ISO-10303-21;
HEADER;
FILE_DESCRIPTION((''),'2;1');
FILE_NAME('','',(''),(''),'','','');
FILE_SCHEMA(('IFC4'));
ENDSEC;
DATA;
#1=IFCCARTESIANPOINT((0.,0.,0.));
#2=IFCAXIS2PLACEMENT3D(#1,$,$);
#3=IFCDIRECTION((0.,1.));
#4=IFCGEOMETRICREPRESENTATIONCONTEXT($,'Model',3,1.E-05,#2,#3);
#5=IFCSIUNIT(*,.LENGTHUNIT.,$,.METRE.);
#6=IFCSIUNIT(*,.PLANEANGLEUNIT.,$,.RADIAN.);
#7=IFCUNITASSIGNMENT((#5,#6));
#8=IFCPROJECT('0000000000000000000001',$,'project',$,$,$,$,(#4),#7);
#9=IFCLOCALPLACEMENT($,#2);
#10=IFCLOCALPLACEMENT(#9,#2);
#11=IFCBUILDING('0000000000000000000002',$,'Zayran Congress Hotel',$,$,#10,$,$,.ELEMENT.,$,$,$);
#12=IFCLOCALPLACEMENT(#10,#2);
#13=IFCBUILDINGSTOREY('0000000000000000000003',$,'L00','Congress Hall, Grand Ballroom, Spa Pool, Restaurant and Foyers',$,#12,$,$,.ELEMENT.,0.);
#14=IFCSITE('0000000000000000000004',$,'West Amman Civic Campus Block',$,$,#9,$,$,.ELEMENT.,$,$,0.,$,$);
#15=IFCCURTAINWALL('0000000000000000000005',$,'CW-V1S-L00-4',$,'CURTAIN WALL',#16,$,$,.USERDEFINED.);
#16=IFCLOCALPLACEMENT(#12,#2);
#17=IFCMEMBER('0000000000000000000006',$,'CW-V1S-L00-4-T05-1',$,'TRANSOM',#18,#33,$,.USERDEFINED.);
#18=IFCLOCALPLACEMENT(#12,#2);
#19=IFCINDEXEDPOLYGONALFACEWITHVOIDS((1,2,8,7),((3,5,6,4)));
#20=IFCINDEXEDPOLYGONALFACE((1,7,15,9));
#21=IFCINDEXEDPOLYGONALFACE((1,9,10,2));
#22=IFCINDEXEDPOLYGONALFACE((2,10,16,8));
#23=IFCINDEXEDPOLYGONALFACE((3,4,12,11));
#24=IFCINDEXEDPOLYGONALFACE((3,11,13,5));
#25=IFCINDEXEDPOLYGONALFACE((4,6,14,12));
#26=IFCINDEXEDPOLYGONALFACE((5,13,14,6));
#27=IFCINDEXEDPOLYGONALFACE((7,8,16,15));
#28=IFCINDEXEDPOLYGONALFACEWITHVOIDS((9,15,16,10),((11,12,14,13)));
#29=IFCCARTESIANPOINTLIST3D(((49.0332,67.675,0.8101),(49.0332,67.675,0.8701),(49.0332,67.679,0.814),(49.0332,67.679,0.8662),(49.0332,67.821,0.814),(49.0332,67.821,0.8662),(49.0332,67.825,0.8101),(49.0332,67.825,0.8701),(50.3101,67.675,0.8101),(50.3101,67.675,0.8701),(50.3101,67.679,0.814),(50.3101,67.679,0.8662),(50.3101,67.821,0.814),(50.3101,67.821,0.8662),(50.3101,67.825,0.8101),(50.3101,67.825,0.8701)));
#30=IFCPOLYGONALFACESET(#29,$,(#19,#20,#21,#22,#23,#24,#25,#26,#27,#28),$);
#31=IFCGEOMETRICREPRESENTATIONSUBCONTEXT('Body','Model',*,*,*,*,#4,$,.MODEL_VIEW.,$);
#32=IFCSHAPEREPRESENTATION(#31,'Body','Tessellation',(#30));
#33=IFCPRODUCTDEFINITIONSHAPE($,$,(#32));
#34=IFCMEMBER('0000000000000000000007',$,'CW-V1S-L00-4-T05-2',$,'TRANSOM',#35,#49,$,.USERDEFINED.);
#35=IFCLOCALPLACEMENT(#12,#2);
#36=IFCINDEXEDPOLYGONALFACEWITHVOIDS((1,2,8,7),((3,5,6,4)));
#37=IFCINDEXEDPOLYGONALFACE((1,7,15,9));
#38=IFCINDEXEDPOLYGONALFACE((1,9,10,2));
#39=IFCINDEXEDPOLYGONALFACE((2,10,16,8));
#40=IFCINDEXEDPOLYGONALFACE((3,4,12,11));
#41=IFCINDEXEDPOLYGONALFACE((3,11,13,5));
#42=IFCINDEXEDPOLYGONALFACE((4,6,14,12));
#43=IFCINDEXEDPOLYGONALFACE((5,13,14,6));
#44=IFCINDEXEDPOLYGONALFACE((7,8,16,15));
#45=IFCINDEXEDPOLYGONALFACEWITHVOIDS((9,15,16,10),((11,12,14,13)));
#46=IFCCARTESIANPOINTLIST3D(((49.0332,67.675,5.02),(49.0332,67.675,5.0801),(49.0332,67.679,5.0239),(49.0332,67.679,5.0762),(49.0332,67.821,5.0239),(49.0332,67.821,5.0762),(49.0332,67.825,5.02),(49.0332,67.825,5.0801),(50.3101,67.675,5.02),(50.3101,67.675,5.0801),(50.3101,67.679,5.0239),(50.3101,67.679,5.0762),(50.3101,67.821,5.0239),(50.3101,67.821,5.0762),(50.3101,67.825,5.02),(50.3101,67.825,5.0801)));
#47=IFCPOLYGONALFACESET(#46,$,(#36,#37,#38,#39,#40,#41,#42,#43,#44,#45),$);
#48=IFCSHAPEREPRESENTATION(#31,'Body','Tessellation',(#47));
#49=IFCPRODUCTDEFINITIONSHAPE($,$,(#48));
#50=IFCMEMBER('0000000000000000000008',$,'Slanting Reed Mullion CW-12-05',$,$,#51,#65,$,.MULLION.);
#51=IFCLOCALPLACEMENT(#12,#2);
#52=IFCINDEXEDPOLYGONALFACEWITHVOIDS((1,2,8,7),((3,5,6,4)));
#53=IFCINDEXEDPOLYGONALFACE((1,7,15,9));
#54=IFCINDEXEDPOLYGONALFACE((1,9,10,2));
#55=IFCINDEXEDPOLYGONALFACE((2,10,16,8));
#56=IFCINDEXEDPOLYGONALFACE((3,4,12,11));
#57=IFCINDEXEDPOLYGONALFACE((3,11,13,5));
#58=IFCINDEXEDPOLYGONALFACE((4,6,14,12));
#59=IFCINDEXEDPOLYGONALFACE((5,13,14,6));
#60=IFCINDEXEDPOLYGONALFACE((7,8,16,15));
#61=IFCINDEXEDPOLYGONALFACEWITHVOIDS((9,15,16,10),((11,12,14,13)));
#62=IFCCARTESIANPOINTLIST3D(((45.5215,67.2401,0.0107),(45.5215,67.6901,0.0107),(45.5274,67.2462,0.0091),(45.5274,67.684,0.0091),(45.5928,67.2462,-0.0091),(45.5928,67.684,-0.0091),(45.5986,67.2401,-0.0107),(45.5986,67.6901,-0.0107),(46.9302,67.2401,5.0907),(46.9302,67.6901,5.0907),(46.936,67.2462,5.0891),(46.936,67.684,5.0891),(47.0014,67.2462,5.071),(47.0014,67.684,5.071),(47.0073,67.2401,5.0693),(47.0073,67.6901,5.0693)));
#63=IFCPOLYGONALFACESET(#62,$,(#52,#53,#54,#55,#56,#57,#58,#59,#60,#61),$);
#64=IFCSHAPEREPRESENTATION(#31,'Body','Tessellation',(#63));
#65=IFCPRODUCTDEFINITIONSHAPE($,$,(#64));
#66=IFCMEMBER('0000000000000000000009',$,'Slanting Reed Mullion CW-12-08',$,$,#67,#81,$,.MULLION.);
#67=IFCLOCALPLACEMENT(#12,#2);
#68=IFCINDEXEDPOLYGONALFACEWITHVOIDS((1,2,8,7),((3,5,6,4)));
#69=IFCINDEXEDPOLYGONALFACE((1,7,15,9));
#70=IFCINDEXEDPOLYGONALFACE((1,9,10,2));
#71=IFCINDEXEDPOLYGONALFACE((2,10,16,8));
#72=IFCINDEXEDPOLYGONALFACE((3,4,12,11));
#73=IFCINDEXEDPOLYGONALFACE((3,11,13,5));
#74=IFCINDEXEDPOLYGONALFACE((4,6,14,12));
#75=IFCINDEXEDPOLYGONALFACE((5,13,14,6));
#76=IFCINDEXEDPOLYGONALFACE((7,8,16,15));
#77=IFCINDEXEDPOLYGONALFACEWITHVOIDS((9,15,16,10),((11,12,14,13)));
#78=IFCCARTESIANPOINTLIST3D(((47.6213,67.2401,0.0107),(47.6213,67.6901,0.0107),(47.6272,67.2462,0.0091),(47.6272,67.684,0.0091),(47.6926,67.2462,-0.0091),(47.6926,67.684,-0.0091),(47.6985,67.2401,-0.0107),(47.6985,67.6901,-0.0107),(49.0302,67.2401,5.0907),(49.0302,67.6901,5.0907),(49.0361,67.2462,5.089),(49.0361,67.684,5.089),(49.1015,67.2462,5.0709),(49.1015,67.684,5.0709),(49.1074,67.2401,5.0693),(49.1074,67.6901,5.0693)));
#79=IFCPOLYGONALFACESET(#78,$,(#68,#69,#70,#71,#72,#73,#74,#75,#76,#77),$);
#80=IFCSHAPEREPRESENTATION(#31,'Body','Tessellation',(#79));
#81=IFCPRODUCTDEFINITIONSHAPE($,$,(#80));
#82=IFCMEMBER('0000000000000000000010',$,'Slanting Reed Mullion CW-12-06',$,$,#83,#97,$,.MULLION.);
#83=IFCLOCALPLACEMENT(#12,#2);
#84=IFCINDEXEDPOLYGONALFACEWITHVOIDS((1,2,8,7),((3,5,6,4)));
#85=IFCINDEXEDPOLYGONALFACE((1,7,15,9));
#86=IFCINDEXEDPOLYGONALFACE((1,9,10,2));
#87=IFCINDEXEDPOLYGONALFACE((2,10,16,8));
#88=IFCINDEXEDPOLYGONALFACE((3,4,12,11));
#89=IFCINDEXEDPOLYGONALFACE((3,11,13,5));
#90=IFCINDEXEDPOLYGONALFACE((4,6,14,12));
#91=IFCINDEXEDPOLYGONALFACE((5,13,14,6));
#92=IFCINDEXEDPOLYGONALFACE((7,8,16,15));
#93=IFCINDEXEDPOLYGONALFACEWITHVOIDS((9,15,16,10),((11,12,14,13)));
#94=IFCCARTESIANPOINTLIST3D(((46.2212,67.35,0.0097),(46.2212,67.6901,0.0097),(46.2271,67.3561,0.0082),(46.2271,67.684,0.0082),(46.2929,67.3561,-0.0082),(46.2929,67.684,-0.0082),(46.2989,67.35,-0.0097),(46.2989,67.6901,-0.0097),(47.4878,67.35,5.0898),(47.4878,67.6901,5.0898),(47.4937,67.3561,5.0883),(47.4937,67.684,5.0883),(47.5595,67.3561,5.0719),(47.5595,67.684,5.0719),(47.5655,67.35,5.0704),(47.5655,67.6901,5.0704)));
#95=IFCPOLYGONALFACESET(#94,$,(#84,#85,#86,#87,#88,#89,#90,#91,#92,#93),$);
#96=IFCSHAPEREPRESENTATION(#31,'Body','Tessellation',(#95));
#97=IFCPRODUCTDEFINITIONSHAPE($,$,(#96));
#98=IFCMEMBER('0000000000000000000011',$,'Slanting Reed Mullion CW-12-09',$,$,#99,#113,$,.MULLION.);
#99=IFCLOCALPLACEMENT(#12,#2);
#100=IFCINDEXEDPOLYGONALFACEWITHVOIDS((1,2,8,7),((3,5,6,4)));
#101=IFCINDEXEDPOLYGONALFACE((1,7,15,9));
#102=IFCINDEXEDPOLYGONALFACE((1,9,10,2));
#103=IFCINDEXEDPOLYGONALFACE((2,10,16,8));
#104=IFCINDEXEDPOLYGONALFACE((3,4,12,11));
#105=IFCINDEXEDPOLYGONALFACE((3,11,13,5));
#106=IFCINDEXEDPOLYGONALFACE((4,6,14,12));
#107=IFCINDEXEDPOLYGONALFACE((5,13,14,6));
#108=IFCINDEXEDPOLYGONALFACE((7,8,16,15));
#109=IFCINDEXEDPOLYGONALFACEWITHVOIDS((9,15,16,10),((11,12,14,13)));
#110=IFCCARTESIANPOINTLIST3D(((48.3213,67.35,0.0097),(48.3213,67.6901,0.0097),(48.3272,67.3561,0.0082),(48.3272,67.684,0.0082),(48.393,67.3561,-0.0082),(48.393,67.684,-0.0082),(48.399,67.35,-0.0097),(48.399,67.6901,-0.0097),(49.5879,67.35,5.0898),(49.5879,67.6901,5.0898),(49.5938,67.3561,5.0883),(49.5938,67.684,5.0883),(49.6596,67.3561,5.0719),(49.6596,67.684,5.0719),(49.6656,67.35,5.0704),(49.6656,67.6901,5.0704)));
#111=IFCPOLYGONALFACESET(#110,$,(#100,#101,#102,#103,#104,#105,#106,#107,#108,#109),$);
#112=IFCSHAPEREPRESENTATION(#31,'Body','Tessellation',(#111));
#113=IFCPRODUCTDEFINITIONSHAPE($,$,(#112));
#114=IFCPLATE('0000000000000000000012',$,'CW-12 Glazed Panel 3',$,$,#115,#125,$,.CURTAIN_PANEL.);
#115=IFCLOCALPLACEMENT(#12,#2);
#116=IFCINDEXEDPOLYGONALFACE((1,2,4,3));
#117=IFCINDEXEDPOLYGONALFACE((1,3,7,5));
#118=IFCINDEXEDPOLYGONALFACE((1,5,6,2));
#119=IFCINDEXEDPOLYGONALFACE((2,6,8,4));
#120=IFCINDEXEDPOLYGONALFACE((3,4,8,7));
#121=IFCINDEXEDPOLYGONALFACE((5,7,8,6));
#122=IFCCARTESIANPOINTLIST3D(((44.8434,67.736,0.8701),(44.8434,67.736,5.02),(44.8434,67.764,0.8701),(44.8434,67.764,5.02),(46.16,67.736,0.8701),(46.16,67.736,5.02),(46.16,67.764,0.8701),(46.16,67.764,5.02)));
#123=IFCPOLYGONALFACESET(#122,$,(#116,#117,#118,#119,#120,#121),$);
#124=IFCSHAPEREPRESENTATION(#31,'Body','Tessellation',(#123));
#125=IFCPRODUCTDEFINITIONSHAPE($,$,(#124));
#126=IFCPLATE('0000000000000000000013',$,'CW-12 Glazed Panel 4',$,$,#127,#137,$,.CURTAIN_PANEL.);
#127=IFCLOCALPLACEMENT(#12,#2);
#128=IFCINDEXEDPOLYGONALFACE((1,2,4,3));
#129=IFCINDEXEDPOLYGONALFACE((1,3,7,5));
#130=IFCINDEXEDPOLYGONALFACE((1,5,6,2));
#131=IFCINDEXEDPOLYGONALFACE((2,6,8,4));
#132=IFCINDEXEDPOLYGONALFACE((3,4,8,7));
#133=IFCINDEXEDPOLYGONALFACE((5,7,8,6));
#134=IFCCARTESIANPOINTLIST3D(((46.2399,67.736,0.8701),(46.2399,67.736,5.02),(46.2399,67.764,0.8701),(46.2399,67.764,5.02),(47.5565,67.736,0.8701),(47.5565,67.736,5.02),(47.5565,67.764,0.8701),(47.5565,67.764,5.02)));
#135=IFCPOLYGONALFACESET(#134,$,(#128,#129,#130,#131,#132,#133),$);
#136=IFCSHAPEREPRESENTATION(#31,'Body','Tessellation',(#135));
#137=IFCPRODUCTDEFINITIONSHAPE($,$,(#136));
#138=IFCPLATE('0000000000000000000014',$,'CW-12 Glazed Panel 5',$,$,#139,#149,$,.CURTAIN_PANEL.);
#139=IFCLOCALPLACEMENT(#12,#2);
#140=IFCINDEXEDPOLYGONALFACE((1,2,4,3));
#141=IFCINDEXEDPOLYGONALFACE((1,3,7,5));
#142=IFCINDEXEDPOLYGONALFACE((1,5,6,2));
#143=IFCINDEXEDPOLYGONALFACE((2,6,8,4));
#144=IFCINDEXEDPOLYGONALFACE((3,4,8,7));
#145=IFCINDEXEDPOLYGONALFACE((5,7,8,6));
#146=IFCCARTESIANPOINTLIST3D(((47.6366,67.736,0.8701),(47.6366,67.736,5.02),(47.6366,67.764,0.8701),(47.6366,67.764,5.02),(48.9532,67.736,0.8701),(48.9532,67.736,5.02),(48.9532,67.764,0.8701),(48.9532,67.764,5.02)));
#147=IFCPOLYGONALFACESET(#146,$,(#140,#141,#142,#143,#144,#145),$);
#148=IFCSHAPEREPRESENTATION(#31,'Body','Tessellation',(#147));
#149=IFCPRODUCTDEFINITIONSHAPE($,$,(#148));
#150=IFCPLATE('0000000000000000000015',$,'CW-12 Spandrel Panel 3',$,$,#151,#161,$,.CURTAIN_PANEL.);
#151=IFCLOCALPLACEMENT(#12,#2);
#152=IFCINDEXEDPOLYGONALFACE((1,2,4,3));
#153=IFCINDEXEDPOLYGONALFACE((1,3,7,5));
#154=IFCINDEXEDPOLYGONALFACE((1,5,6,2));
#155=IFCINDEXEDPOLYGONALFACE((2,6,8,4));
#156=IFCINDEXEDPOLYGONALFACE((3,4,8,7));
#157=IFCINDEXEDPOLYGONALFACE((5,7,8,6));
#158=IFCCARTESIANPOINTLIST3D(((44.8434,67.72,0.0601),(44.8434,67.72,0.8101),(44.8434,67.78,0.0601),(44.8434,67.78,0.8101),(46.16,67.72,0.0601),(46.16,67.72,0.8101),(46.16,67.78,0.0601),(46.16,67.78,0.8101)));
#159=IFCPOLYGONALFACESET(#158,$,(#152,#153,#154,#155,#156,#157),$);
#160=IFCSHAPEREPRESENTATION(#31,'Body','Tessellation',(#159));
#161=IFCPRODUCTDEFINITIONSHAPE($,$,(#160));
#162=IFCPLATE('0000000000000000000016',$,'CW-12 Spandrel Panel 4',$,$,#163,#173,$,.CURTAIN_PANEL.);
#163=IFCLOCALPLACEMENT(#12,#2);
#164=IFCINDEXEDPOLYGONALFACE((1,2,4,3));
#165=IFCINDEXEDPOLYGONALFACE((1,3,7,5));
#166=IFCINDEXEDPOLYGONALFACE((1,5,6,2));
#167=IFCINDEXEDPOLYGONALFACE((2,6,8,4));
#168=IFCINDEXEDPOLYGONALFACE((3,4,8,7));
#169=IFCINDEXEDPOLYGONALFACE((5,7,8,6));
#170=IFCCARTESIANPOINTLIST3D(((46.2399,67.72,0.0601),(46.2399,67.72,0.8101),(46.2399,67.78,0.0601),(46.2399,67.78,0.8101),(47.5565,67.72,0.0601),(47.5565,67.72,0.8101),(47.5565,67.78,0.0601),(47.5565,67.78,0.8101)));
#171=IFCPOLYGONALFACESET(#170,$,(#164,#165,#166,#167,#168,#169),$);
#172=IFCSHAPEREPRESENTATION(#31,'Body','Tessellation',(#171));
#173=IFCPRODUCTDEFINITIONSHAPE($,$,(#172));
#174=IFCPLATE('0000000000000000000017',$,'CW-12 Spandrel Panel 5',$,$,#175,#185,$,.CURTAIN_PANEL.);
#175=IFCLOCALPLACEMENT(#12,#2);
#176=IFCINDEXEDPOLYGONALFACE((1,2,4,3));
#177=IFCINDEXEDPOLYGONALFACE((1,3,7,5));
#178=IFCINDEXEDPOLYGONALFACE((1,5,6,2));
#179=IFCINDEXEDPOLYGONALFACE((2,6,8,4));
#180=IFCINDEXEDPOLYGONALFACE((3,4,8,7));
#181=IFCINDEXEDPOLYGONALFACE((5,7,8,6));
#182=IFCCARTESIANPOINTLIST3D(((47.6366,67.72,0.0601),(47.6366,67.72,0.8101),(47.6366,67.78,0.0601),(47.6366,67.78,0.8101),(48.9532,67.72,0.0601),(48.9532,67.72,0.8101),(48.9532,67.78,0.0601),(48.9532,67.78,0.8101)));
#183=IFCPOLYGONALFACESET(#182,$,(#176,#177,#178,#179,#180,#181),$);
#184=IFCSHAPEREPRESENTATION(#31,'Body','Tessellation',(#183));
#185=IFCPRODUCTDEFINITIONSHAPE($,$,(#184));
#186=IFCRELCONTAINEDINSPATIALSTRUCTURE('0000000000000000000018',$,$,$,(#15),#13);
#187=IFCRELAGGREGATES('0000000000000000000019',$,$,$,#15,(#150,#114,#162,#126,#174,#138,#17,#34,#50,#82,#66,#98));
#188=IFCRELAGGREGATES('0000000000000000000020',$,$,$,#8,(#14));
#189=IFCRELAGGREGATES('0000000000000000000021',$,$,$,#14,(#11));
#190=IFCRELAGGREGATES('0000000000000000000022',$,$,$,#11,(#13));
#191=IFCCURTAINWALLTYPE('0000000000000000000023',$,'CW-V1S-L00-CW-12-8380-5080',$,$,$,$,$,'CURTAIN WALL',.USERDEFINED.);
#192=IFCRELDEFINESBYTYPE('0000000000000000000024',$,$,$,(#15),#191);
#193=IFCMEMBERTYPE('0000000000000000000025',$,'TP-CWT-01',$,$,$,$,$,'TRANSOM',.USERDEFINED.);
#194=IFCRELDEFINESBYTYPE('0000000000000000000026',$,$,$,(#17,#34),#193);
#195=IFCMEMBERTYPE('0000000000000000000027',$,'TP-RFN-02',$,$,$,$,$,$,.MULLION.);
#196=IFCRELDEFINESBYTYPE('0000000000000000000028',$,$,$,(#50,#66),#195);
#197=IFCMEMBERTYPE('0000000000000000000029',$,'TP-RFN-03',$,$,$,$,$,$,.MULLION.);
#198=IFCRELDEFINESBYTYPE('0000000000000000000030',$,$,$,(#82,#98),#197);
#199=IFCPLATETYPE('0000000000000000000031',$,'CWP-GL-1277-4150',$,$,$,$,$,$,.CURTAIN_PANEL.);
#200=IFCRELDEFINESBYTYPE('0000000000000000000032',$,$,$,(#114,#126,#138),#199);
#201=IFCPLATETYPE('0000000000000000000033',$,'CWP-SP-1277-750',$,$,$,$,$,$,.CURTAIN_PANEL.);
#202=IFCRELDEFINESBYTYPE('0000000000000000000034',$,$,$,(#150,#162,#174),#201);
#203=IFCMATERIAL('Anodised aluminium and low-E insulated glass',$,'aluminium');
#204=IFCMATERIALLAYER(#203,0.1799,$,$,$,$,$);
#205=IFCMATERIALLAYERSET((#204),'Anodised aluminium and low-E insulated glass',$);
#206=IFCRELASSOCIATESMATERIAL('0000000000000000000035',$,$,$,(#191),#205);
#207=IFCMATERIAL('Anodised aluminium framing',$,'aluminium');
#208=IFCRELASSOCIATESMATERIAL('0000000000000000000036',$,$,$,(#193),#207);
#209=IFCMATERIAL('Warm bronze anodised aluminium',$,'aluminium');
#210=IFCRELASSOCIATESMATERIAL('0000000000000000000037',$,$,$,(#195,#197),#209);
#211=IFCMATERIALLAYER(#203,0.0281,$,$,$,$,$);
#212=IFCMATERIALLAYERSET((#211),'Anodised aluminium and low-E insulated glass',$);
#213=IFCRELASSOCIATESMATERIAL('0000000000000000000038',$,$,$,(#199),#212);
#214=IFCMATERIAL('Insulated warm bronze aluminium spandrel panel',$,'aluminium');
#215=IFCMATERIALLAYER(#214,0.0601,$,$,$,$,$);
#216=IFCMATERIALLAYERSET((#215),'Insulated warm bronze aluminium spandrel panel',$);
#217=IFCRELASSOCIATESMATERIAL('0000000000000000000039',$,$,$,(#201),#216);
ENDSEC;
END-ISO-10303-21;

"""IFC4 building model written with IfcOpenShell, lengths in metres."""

from ifc_helpers import new_model, si_unit, direction, frame, origin, origin_2d, place, context, subcontext, project, spatial, rectangle, hollow_rectangle, extrude, material, layer, layer_set, material_profile, profile_set, type_object, element, aggregate, save


model = new_model("IFC4")

# Units and contexts
model_context = context("Model", 3, precision=1e-05, world=origin(), true_north=direction((0.0, 1.0)))
body_context = subcontext(model_context, "Body", "Model", "MODEL_VIEW")
ifc_project = project(units=[si_unit("LENGTHUNIT", "METRE"), si_unit("PLANEANGLEUNIT", "RADIAN")], contexts=[model_context])

# Site, building, storey
site_placement = place(None, origin())
site = spatial("IfcSite", under=ifc_project, at=site_placement, Name="West Amman Civic Campus Block", CompositionType="ELEMENT", RefElevation=0.0)
building_placement = place(site_placement, origin())
building = spatial("IfcBuilding", under=site, at=building_placement, Name="Zayran Congress Hotel", CompositionType="ELEMENT")
storey_placement = place(building_placement, origin())
storey = spatial("IfcBuildingStorey", under=building, at=storey_placement, Name="L00", Description="Congress Hall, Grand Ballroom, Spa Pool, Restaurant and Foyers", CompositionType="ELEMENT", Elevation=0.0)

# Curtain wall, members, plates
ifc_material_1 = material(Name="Anodised aluminium and low-E insulated glass", Category="aluminium")
ifc_layer_1 = layer(ifc_material_1, 0.1799)
ifc_layer_set_1 = layer_set([ifc_layer_1], Name="Anodised aluminium and low-E insulated glass")
curtain_wall_type = type_object("IfcCurtainWallType", Name="CW-V1S-L00-CW-12-8380-5080", ElementType="CURTAIN WALL", PredefinedType="USERDEFINED", material=ifc_layer_set_1)
curtain_wall_placement = place(storey_placement, origin())
curtain_wall = element("IfcCurtainWall", 1, at=curtain_wall_placement, inside=storey, type_object=curtain_wall_type, Name="CW-V1S-L00-4", ObjectType="CURTAIN WALL", PredefinedType="USERDEFINED")
ifc_material_2 = material(Name="Anodised aluminium framing", Category="aluminium")
ifc_material_profile_1 = material_profile(ifc_material_2, hollow_rectangle(XDim=0.0601, YDim=0.1499, WallThickness=0.0039, at=origin_2d()), Name="RHS 150x60x4")
ifc_profile_set_1 = profile_set([ifc_material_profile_1], Name="Anodised aluminium framing")
member_type_1 = type_object("IfcMemberType", Name="TP-CWT-01", ElementType="TRANSOM", PredefinedType="USERDEFINED", material=ifc_profile_set_1)
member_1_placement = place(storey_placement, frame((49.0332, 67.75, 0.8401), z_axis=(1.0, 0.0, 0.0), x_axis=(0.0, 0.0, 1.0)))
member_1 = element("IfcMember", 2, at=member_1_placement, type_object=member_type_1, Name="CW-V1S-L00-4-T05-1", ObjectType="TRANSOM", PredefinedType="USERDEFINED", context=body_context, shape_type="SweptSolid", body=[
    extrude(hollow_rectangle(XDim=0.0601, YDim=0.1499, WallThickness=0.0039, at=origin_2d()), origin(), (0.0, 0.0, 1.0), 1.2769),
])
member_2_placement = place(storey_placement, frame((49.0332, 67.75, 5.05), z_axis=(1.0, 0.0, 0.0), x_axis=(0.0, 0.0, 1.0)))
member_2 = element("IfcMember", 3, at=member_2_placement, type_object=member_type_1, Name="CW-V1S-L00-4-T05-2", ObjectType="TRANSOM", PredefinedType="USERDEFINED", context=body_context, shape_type="SweptSolid", body=[
    extrude(hollow_rectangle(XDim=0.0601, YDim=0.1499, WallThickness=0.0039, at=origin_2d()), origin(), (0.0, 0.0, 1.0), 1.2769),
])
ifc_material_3 = material(Name="Warm bronze anodised aluminium", Category="aluminium")
ifc_material_profile_2 = material_profile(ifc_material_3, hollow_rectangle(XDim=0.0801, YDim=0.45, WallThickness=0.0061, at=origin_2d()), Name="RHS 450x80x6")
ifc_profile_set_2 = profile_set([ifc_material_profile_2], Name="Warm bronze anodised aluminium")
member_type_2 = type_object("IfcMemberType", Name="TP-RFN-02", PredefinedType="MULLION", material=ifc_profile_set_2)
member_3_placement = place(storey_placement, frame((45.5601, 67.4651, 0.0), z_axis=(0.267214, 0.0, 0.963637), x_axis=(-0.963637, 0.0, 0.267214)))
member_3 = element("IfcMember", 4, at=member_3_placement, type_object=member_type_2, Name="Slanting Reed Mullion CW-12-05", PredefinedType="MULLION", context=body_context, shape_type="SweptSolid", body=[
    extrude(hollow_rectangle(XDim=0.0801, YDim=0.45, WallThickness=0.0061, at=origin_2d()), origin(), (0.0, 0.0, 1.0), 5.2717),
])
member_4_placement = place(storey_placement, frame((47.6599, 67.4651, 0.0), z_axis=(0.267257, 0.0, 0.963625), x_axis=(-0.963625, 0.0, 0.267257)))
member_4 = element("IfcMember", 5, at=member_4_placement, type_object=member_type_2, Name="Slanting Reed Mullion CW-12-08", PredefinedType="MULLION", context=body_context, shape_type="SweptSolid", body=[
    extrude(hollow_rectangle(XDim=0.0801, YDim=0.45, WallThickness=0.0061, at=origin_2d()), origin(), (0.0, 0.0, 1.0), 5.2717),
])
ifc_material_profile_3 = material_profile(ifc_material_3, hollow_rectangle(XDim=0.0801, YDim=0.3401, WallThickness=0.0061, at=origin_2d()), Name="RHS 340x80x6")
ifc_profile_set_3 = profile_set([ifc_material_profile_3], Name="Warm bronze anodised aluminium")
member_type_3 = type_object("IfcMemberType", Name="TP-RFN-03", PredefinedType="MULLION", material=ifc_profile_set_3)
member_5_placement = place(storey_placement, frame((46.26, 67.52, 0.0), z_axis=(0.241921, 0.0, 0.970296), x_axis=(-0.970296, 0.0, 0.241921)))
member_5 = element("IfcMember", 6, at=member_5_placement, type_object=member_type_3, Name="Slanting Reed Mullion CW-12-06", PredefinedType="MULLION", context=body_context, shape_type="SweptSolid", body=[
    extrude(hollow_rectangle(XDim=0.0801, YDim=0.3401, WallThickness=0.0061, at=origin_2d()), origin(), (0.0, 0.0, 1.0), 5.2356),
])
member_6_placement = place(storey_placement, frame((48.3601, 67.52, 0.0), z_axis=(0.241921, 0.0, 0.970296), x_axis=(-0.970296, 0.0, 0.241921)))
member_6 = element("IfcMember", 7, at=member_6_placement, type_object=member_type_3, Name="Slanting Reed Mullion CW-12-09", PredefinedType="MULLION", context=body_context, shape_type="SweptSolid", body=[
    extrude(hollow_rectangle(XDim=0.0801, YDim=0.3401, WallThickness=0.0061, at=origin_2d()), origin(), (0.0, 0.0, 1.0), 5.2356),
])
ifc_layer_2 = layer(ifc_material_1, 0.0281)
ifc_layer_set_2 = layer_set([ifc_layer_2], Name="Anodised aluminium and low-E insulated glass")
plate_type_1 = type_object("IfcPlateType", Name="CWP-GL-1277-4150", PredefinedType="CURTAIN_PANEL", material=ifc_layer_set_2)
plate_1_placement = place(storey_placement, frame((45.5017, 67.75, 0.8701), z_axis=(0.0, 0.0, 1.0), x_axis=(1.0, 0.0, 0.0)))
plate_1 = element("IfcPlate", 8, at=plate_1_placement, type_object=plate_type_1, Name="CW-12 Glazed Panel 3", PredefinedType="CURTAIN_PANEL", context=body_context, shape_type="SweptSolid", body=[
    extrude(rectangle(XDim=1.3167, YDim=0.0281, at=origin_2d()), origin(), (0.0, 0.0, 1.0), 4.1499),
])
plate_2_placement = place(storey_placement, frame((46.8982, 67.75, 0.8701), z_axis=(0.0, 0.0, 1.0), x_axis=(1.0, 0.0, 0.0)))
plate_2 = element("IfcPlate", 9, at=plate_2_placement, type_object=plate_type_1, Name="CW-12 Glazed Panel 4", PredefinedType="CURTAIN_PANEL", context=body_context, shape_type="SweptSolid", body=[
    extrude(rectangle(XDim=1.3167, YDim=0.0281, at=origin_2d()), origin(), (0.0, 0.0, 1.0), 4.1499),
])
plate_3_placement = place(storey_placement, frame((48.2949, 67.75, 0.8701), z_axis=(0.0, 0.0, 1.0), x_axis=(1.0, 0.0, 0.0)))
plate_3 = element("IfcPlate", 10, at=plate_3_placement, type_object=plate_type_1, Name="CW-12 Glazed Panel 5", PredefinedType="CURTAIN_PANEL", context=body_context, shape_type="SweptSolid", body=[
    extrude(rectangle(XDim=1.3167, YDim=0.0281, at=origin_2d()), origin(), (0.0, 0.0, 1.0), 4.1499),
])
ifc_material_4 = material(Name="Insulated warm bronze aluminium spandrel panel", Category="aluminium")
ifc_layer_3 = layer(ifc_material_4, 0.0601)
ifc_layer_set_3 = layer_set([ifc_layer_3], Name="Insulated warm bronze aluminium spandrel panel")
plate_type_2 = type_object("IfcPlateType", Name="CWP-SP-1277-750", PredefinedType="CURTAIN_PANEL", material=ifc_layer_set_3)
plate_4_placement = place(storey_placement, frame((45.5017, 67.75, 0.0601), z_axis=(0.0, 0.0, 1.0), x_axis=(1.0, 0.0, 0.0)))
plate_4 = element("IfcPlate", 11, at=plate_4_placement, type_object=plate_type_2, Name="CW-12 Spandrel Panel 3", PredefinedType="CURTAIN_PANEL", context=body_context, shape_type="SweptSolid", body=[
    extrude(rectangle(XDim=1.3167, YDim=0.0601, at=origin_2d()), origin(), (0.0, 0.0, 1.0), 0.75),
])
plate_5_placement = place(storey_placement, frame((46.8982, 67.75, 0.0601), z_axis=(0.0, 0.0, 1.0), x_axis=(1.0, 0.0, 0.0)))
plate_5 = element("IfcPlate", 12, at=plate_5_placement, type_object=plate_type_2, Name="CW-12 Spandrel Panel 4", PredefinedType="CURTAIN_PANEL", context=body_context, shape_type="SweptSolid", body=[
    extrude(rectangle(XDim=1.3167, YDim=0.0601, at=origin_2d()), origin(), (0.0, 0.0, 1.0), 0.75),
])
plate_6_placement = place(storey_placement, frame((48.2949, 67.75, 0.0601), z_axis=(0.0, 0.0, 1.0), x_axis=(1.0, 0.0, 0.0)))
plate_6 = element("IfcPlate", 13, at=plate_6_placement, type_object=plate_type_2, Name="CW-12 Spandrel Panel 5", PredefinedType="CURTAIN_PANEL", context=body_context, shape_type="SweptSolid", body=[
    extrude(rectangle(XDim=1.3167, YDim=0.0601, at=origin_2d()), origin(), (0.0, 0.0, 1.0), 0.75),
])
aggregate(curtain_wall, [plate_4, plate_1, plate_5, plate_2, plate_6, plate_3, member_1, member_2, member_3, member_5, member_4, member_6])

save(model, "model.ifc")
